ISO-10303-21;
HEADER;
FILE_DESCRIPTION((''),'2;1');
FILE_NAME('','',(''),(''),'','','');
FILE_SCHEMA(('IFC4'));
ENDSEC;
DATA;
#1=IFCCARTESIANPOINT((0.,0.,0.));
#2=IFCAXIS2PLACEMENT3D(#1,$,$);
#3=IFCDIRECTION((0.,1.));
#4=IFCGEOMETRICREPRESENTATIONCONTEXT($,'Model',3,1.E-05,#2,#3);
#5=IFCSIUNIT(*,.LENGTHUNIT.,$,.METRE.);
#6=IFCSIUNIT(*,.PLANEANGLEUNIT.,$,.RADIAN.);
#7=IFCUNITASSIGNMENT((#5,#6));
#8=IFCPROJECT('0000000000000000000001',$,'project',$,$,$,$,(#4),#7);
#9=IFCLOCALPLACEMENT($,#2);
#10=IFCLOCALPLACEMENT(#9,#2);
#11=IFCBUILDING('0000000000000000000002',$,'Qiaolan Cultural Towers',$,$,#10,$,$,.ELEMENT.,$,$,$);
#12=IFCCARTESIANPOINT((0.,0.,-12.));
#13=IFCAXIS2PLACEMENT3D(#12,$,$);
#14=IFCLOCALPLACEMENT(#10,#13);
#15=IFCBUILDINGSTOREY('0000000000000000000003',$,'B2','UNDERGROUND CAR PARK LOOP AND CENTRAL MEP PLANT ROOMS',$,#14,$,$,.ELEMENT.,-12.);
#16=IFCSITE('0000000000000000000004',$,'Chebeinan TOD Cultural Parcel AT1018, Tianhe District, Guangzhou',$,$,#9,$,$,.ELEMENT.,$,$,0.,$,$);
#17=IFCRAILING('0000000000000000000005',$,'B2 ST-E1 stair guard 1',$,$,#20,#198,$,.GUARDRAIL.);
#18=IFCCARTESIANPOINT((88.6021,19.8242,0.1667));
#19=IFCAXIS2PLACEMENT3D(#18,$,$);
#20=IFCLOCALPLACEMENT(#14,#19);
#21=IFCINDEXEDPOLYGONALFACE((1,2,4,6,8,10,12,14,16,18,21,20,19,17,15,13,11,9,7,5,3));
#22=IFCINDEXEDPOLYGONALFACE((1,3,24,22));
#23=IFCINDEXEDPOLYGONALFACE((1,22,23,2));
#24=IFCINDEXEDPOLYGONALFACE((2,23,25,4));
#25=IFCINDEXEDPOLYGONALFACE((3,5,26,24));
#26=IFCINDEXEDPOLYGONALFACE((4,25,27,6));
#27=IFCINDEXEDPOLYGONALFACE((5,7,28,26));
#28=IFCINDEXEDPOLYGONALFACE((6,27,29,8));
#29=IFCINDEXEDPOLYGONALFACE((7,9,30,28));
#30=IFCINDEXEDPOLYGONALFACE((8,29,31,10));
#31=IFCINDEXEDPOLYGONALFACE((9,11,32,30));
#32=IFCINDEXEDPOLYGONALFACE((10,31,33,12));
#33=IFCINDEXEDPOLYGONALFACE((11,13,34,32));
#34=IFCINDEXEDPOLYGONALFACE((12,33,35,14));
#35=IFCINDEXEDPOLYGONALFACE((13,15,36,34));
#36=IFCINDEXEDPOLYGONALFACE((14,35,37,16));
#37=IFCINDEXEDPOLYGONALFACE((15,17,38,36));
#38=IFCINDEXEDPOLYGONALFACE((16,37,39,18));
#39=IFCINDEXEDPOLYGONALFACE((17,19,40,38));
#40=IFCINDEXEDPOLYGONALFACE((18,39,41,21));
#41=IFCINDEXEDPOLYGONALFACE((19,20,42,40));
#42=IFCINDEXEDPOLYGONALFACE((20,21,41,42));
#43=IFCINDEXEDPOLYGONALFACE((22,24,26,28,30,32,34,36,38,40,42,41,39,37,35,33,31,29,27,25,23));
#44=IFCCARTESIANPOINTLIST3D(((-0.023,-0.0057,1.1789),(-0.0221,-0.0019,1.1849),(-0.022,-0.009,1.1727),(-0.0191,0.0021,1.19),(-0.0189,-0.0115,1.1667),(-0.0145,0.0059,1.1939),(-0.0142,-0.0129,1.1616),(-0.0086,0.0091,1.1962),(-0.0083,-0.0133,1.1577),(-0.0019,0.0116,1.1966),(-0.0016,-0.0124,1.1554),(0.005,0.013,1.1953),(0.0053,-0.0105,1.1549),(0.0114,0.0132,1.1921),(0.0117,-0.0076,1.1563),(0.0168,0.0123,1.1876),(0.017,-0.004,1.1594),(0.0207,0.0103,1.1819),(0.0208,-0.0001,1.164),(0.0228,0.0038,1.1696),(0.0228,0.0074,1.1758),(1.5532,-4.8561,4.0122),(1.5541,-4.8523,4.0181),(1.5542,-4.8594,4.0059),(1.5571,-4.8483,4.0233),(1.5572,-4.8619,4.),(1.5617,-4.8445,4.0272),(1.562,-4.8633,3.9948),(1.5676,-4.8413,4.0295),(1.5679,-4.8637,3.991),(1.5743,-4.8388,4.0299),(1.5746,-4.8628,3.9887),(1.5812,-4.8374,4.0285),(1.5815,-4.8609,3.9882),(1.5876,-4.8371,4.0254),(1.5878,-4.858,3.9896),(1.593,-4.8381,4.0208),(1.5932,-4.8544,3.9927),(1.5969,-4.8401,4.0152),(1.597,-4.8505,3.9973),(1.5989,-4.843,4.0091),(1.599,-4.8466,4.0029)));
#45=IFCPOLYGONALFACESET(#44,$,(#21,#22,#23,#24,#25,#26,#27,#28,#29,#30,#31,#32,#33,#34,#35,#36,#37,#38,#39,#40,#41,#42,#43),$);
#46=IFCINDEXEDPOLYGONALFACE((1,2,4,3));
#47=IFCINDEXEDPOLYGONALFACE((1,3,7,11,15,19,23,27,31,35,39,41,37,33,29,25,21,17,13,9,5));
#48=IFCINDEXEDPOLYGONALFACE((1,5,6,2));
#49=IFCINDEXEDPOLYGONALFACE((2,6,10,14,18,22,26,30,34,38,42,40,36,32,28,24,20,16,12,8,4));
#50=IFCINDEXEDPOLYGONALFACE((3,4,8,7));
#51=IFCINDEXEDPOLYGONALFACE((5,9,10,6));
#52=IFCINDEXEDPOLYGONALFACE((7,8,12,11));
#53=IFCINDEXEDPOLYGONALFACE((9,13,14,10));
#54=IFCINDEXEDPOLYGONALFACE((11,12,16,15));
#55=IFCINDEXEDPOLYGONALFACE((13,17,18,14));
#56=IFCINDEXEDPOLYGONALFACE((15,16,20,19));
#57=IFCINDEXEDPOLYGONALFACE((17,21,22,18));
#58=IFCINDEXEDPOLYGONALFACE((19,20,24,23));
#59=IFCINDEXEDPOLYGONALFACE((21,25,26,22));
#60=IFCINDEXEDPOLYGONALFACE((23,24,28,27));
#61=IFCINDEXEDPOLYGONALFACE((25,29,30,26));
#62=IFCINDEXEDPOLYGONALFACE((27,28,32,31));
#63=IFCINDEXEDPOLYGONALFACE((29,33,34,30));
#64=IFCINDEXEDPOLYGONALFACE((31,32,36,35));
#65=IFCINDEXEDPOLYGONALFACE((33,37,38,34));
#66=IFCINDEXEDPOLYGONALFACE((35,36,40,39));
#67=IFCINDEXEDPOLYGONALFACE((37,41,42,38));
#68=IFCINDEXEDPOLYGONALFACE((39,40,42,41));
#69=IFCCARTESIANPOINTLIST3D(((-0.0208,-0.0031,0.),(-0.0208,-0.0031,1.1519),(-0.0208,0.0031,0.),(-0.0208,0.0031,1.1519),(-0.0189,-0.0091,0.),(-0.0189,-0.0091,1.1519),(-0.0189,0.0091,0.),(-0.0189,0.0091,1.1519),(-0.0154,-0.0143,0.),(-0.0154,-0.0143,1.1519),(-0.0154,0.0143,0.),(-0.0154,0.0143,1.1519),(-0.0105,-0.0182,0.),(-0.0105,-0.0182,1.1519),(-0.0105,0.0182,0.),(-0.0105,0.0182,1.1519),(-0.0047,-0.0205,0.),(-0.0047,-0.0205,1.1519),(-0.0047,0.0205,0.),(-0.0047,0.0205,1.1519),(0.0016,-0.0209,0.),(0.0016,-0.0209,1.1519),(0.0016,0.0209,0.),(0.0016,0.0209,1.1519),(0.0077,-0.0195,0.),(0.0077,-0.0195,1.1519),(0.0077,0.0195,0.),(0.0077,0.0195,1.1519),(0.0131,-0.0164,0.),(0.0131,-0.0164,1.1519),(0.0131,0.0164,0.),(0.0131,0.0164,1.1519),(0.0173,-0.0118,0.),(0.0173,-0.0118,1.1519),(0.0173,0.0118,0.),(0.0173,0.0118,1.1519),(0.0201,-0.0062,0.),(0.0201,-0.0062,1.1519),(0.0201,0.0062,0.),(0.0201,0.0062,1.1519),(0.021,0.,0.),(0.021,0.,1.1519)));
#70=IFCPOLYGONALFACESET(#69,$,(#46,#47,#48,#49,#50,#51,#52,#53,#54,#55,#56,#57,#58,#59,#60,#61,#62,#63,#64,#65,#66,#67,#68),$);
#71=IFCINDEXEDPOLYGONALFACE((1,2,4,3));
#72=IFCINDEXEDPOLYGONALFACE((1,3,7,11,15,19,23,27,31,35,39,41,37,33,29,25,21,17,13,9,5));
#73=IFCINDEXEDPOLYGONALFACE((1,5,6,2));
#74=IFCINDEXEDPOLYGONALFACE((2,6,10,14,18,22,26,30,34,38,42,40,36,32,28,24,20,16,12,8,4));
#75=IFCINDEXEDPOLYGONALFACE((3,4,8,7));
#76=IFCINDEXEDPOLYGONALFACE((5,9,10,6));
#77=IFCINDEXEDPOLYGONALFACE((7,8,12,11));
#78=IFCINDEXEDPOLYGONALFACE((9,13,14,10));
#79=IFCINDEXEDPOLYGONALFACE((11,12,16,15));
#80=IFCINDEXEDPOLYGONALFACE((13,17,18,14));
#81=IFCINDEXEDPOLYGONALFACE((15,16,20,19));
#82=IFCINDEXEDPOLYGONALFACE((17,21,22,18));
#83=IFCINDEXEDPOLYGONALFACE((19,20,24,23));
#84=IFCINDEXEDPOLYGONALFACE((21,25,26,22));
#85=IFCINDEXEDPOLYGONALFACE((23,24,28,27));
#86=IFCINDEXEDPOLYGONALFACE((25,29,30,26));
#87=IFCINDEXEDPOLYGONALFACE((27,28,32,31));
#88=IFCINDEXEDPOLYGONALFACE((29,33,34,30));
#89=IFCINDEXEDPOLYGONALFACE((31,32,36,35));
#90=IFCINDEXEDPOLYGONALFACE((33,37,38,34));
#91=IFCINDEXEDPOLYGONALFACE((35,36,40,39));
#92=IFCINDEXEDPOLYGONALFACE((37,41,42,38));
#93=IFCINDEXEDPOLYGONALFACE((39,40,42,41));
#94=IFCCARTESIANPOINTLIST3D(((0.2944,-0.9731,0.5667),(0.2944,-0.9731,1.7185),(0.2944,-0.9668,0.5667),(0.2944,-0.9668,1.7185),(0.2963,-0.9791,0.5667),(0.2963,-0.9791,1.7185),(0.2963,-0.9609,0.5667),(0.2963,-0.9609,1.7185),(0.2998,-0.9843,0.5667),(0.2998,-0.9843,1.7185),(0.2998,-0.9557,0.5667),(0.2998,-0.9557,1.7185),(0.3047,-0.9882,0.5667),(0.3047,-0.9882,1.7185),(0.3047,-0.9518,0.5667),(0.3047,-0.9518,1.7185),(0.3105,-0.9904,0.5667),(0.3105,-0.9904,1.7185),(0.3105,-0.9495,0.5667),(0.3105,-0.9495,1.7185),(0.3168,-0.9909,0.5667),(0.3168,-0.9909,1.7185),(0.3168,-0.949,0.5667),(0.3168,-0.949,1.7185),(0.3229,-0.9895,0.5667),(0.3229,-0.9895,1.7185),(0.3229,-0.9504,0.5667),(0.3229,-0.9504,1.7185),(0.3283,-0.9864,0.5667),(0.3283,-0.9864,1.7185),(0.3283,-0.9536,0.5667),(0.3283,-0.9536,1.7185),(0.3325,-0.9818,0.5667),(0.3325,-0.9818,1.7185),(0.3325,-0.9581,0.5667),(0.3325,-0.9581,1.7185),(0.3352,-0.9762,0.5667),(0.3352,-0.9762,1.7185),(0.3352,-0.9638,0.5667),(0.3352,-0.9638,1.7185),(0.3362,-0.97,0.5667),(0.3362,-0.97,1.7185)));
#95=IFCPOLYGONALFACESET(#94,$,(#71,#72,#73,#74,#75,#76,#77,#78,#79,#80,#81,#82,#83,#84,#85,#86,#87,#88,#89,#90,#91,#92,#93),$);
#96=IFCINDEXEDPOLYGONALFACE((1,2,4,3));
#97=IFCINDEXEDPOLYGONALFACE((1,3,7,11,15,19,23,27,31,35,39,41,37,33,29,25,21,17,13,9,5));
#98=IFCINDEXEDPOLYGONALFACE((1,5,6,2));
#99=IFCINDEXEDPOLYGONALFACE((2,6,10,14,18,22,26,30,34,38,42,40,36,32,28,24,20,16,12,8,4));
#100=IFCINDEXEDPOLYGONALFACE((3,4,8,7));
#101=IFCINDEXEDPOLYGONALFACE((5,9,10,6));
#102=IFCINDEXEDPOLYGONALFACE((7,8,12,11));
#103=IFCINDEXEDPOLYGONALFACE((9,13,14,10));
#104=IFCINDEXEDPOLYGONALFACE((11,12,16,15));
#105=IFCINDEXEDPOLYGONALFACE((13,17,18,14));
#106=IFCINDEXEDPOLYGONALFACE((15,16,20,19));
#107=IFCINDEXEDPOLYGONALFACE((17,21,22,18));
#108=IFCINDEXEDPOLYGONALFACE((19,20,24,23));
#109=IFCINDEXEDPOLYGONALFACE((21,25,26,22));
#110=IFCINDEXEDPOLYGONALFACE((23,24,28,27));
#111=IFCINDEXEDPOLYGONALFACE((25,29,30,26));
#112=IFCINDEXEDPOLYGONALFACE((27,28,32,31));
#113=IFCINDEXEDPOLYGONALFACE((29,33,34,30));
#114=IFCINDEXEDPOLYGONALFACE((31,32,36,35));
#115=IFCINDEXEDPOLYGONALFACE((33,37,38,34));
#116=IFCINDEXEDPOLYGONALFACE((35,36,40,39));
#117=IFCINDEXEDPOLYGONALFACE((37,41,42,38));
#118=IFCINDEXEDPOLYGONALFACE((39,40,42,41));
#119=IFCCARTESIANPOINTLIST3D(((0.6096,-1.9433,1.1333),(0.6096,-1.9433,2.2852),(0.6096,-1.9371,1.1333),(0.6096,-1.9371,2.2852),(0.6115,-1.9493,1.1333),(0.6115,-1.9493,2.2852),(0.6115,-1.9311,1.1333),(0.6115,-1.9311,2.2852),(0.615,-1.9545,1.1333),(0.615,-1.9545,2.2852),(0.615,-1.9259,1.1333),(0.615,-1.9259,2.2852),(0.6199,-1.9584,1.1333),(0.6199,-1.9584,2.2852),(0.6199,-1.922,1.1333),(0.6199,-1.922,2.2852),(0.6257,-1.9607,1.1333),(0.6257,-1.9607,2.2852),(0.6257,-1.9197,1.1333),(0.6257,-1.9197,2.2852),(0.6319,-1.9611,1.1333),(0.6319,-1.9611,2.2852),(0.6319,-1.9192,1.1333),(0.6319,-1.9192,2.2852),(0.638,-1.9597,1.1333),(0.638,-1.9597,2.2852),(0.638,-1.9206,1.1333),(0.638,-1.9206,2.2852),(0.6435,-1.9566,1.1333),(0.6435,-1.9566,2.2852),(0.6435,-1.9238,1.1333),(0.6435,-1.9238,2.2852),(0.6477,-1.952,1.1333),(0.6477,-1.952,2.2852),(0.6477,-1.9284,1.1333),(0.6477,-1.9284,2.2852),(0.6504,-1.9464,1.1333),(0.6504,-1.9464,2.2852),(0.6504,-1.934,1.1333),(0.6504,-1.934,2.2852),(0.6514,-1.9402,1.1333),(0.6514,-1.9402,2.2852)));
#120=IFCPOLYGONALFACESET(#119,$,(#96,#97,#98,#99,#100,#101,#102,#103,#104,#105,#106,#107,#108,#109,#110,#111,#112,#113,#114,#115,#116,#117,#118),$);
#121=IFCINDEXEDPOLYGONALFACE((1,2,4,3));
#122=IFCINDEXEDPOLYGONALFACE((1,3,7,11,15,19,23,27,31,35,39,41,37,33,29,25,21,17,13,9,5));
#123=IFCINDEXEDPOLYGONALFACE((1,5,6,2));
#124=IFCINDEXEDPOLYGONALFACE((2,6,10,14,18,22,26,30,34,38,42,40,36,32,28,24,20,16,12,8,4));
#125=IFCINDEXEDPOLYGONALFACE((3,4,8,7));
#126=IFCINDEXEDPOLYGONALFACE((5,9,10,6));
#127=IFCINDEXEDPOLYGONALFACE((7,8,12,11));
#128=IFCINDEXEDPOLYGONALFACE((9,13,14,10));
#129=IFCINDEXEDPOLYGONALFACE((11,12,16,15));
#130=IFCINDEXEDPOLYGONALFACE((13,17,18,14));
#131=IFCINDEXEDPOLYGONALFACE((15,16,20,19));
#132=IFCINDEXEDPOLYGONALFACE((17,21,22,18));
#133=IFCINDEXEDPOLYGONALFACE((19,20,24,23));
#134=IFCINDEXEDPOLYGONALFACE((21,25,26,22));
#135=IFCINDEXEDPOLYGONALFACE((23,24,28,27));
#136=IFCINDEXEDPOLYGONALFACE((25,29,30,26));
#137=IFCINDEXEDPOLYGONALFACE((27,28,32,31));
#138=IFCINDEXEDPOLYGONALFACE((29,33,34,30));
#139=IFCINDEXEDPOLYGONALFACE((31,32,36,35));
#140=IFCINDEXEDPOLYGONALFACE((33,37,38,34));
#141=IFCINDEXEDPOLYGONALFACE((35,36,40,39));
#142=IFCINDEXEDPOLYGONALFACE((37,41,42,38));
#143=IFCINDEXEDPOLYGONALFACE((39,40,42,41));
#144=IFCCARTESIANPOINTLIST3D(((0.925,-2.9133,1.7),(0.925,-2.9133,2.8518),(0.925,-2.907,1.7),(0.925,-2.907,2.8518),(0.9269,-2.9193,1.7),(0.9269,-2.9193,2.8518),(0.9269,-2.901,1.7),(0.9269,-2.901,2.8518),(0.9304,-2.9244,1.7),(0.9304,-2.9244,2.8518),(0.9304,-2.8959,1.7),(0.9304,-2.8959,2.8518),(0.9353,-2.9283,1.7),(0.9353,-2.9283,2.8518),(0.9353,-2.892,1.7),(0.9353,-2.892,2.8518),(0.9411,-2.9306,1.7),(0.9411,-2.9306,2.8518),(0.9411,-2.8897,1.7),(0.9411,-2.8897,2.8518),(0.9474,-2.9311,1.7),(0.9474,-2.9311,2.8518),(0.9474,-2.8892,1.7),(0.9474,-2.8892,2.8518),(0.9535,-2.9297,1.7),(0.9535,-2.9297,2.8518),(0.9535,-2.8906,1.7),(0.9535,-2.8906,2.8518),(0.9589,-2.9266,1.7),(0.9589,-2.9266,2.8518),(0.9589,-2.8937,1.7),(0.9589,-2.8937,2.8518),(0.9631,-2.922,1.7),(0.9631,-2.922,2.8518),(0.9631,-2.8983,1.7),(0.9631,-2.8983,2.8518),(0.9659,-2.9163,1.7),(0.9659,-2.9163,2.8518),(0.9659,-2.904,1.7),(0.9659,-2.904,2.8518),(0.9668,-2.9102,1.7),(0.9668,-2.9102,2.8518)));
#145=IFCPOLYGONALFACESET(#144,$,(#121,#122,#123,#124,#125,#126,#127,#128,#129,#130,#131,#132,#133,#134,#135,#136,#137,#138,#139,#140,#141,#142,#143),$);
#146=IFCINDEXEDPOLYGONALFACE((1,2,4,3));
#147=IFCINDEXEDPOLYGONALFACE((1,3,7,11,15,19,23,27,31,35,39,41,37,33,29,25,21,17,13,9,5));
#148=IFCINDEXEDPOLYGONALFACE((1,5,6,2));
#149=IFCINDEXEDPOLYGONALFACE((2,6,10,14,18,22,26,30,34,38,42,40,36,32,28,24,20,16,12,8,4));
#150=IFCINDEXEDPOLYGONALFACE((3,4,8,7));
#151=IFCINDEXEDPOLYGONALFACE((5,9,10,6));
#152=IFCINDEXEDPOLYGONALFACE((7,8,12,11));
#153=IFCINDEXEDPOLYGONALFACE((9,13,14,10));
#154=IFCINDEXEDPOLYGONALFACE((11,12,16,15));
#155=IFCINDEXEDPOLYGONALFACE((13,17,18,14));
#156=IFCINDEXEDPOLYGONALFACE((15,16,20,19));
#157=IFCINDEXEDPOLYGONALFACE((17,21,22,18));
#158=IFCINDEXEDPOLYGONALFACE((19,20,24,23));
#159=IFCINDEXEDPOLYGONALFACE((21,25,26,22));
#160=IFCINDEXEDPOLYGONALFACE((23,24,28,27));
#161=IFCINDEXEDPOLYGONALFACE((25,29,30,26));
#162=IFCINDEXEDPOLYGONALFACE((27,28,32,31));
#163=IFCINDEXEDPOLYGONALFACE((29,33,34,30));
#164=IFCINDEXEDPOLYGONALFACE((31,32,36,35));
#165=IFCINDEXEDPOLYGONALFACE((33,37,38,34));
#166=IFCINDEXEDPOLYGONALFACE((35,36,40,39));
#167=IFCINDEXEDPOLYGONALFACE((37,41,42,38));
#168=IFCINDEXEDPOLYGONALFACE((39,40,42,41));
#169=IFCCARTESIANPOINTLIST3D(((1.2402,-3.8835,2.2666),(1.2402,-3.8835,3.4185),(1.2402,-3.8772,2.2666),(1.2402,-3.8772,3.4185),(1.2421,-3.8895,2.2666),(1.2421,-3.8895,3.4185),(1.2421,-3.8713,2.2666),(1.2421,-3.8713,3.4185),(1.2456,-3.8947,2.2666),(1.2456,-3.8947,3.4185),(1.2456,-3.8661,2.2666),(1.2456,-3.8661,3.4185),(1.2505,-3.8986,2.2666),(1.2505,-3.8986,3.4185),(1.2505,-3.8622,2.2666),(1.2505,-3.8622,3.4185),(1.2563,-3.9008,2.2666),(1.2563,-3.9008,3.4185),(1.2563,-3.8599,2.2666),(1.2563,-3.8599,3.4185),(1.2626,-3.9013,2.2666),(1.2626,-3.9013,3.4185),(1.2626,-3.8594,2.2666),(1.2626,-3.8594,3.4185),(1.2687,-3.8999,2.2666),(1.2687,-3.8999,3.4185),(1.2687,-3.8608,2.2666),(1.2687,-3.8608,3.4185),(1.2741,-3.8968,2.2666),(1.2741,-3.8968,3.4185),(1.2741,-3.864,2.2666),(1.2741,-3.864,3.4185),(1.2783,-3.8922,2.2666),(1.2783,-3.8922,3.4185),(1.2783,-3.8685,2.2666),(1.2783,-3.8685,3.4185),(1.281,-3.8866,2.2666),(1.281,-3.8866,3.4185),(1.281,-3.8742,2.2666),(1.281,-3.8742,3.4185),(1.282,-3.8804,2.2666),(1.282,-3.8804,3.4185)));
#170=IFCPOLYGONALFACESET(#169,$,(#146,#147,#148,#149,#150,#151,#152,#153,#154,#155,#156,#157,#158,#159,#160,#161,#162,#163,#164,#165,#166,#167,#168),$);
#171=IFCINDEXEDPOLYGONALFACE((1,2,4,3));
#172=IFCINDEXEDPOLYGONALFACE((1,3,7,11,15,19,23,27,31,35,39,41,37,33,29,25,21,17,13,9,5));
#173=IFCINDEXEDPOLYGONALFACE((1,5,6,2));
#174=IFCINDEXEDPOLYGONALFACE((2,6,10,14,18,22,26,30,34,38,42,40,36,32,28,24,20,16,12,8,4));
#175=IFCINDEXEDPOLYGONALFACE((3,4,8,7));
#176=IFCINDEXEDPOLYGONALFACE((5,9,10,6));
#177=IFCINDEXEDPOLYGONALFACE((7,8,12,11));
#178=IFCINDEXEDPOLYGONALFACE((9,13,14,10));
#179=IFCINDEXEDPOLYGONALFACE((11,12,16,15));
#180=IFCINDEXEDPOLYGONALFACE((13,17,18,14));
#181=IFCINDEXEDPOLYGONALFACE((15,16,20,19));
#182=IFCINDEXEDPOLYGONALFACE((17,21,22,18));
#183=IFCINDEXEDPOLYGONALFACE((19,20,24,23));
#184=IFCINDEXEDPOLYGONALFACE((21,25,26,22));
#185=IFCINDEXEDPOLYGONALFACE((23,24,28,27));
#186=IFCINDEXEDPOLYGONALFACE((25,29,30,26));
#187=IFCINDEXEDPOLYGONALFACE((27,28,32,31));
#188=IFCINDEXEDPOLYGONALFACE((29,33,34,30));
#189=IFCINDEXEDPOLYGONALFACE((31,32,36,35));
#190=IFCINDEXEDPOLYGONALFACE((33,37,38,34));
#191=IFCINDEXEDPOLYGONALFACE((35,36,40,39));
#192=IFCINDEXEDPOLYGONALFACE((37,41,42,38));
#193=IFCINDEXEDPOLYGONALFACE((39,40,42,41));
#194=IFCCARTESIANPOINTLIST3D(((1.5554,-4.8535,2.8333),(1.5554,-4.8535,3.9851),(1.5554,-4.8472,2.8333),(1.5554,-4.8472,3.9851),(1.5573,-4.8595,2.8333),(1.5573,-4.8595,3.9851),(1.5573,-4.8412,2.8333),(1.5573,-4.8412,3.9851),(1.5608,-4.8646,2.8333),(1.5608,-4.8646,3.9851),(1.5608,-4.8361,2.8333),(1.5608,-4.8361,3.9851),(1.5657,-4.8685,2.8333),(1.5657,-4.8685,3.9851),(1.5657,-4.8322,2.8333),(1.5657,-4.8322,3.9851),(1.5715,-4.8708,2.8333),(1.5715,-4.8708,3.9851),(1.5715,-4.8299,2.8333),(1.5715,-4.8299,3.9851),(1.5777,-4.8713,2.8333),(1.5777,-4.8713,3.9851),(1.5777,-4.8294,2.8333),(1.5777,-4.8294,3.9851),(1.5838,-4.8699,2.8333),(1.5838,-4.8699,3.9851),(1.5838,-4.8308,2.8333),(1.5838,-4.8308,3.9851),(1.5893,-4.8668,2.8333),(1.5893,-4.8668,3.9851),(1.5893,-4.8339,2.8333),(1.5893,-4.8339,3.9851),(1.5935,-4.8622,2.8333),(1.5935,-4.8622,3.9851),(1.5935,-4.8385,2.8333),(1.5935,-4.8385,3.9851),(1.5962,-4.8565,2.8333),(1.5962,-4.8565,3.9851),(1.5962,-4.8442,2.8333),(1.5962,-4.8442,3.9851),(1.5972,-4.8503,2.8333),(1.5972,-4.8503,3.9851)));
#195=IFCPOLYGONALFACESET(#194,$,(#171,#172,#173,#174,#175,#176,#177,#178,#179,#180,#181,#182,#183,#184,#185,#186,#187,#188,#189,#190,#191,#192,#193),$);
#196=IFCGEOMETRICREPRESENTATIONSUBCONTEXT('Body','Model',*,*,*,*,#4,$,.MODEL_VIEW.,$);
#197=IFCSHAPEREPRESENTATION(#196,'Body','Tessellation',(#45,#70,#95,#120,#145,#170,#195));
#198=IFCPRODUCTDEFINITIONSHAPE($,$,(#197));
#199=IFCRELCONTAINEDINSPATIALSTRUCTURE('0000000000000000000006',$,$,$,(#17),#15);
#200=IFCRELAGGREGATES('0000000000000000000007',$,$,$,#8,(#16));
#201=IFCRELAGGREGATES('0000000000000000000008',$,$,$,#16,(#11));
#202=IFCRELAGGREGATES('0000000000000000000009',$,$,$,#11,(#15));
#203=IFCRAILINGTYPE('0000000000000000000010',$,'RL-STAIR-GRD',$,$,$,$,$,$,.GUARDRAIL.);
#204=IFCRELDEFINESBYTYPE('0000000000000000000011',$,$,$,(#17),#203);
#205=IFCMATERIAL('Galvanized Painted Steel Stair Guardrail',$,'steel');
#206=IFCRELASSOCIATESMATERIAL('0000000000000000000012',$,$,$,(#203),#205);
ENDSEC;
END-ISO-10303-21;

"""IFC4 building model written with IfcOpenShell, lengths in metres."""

from ifc_helpers import new_model, si_unit, direction, frame, origin, origin_2d, place, context, subcontext, project, spatial, circle, extrude, material, type_object, element, save


model = new_model("IFC4")

# Units and contexts
model_context = context("Model", 3, precision=1e-05, world=origin(), true_north=direction((0.0, 1.0)))
body_context = subcontext(model_context, "Body", "Model", "MODEL_VIEW")
ifc_project = project(units=[si_unit("LENGTHUNIT", "METRE"), si_unit("PLANEANGLEUNIT", "RADIAN")], contexts=[model_context])

# Site, building, storey
site_placement = place(None, origin())
site = spatial("IfcSite", under=ifc_project, at=site_placement, Name="Chebeinan TOD Cultural Parcel AT1018, Tianhe District, Guangzhou", CompositionType="ELEMENT", RefElevation=0.0)
building_placement = place(site_placement, origin())
building = spatial("IfcBuilding", under=site, at=building_placement, Name="Qiaolan Cultural Towers", CompositionType="ELEMENT")
storey_placement = place(building_placement, frame((0.0, 0.0, -12.0)))
storey = spatial("IfcBuildingStorey", under=building, at=storey_placement, Name="B2", Description="UNDERGROUND CAR PARK LOOP AND CENTRAL MEP PLANT ROOMS", CompositionType="ELEMENT", Elevation=-12.0)

# Railing
ifc_material_1 = material(Name="Galvanized Painted Steel Stair Guardrail", Category="steel")
railing_type_1 = type_object("IfcRailingType", Name="RL-STAIR-GRD", PredefinedType="GUARDRAIL", material=ifc_material_1)
railing_1_placement = place(storey_placement, frame((88.6021, 19.8242, 0.1667)))
element("IfcRailing", 1, at=railing_1_placement, inside=storey, type_object=railing_type_1, Name="B2 ST-E1 stair guard 1", PredefinedType="GUARDRAIL", context=body_context, shape_type="SweptSolid", body=[
    extrude(circle(Radius=0.0239, at=origin_2d()), frame((0.0, 0.0, 1.1758), z_axis=(0.270162, -0.831369, 0.485631), x_axis=(0.951045, 0.309053, 0.0)), (0.0, 0.0, 1.0), 5.8342),
    extrude(circle(Radius=0.021, at=origin_2d()), origin(), (0.0, 0.0, 1.0), 1.1519),
    extrude(circle(Radius=0.021, at=origin_2d()), frame((0.3152, -0.97, 0.5667)), (0.0, 0.0, 1.0), 1.1519),
    extrude(circle(Radius=0.021, at=origin_2d()), frame((0.6304, -1.9402, 1.1333)), (0.0, 0.0, 1.0), 1.1519),
    extrude(circle(Radius=0.021, at=origin_2d()), frame((0.9458, -2.9102, 1.7)), (0.0, 0.0, 1.0), 1.1519),
    extrude(circle(Radius=0.021, at=origin_2d()), frame((1.261, -3.8804, 2.2666)), (0.0, 0.0, 1.0), 1.1519),
    extrude(circle(Radius=0.021, at=origin_2d()), frame((1.5762, -4.8503, 2.8333)), (0.0, 0.0, 1.0), 1.1519),
])

save(model, "model.ifc")
